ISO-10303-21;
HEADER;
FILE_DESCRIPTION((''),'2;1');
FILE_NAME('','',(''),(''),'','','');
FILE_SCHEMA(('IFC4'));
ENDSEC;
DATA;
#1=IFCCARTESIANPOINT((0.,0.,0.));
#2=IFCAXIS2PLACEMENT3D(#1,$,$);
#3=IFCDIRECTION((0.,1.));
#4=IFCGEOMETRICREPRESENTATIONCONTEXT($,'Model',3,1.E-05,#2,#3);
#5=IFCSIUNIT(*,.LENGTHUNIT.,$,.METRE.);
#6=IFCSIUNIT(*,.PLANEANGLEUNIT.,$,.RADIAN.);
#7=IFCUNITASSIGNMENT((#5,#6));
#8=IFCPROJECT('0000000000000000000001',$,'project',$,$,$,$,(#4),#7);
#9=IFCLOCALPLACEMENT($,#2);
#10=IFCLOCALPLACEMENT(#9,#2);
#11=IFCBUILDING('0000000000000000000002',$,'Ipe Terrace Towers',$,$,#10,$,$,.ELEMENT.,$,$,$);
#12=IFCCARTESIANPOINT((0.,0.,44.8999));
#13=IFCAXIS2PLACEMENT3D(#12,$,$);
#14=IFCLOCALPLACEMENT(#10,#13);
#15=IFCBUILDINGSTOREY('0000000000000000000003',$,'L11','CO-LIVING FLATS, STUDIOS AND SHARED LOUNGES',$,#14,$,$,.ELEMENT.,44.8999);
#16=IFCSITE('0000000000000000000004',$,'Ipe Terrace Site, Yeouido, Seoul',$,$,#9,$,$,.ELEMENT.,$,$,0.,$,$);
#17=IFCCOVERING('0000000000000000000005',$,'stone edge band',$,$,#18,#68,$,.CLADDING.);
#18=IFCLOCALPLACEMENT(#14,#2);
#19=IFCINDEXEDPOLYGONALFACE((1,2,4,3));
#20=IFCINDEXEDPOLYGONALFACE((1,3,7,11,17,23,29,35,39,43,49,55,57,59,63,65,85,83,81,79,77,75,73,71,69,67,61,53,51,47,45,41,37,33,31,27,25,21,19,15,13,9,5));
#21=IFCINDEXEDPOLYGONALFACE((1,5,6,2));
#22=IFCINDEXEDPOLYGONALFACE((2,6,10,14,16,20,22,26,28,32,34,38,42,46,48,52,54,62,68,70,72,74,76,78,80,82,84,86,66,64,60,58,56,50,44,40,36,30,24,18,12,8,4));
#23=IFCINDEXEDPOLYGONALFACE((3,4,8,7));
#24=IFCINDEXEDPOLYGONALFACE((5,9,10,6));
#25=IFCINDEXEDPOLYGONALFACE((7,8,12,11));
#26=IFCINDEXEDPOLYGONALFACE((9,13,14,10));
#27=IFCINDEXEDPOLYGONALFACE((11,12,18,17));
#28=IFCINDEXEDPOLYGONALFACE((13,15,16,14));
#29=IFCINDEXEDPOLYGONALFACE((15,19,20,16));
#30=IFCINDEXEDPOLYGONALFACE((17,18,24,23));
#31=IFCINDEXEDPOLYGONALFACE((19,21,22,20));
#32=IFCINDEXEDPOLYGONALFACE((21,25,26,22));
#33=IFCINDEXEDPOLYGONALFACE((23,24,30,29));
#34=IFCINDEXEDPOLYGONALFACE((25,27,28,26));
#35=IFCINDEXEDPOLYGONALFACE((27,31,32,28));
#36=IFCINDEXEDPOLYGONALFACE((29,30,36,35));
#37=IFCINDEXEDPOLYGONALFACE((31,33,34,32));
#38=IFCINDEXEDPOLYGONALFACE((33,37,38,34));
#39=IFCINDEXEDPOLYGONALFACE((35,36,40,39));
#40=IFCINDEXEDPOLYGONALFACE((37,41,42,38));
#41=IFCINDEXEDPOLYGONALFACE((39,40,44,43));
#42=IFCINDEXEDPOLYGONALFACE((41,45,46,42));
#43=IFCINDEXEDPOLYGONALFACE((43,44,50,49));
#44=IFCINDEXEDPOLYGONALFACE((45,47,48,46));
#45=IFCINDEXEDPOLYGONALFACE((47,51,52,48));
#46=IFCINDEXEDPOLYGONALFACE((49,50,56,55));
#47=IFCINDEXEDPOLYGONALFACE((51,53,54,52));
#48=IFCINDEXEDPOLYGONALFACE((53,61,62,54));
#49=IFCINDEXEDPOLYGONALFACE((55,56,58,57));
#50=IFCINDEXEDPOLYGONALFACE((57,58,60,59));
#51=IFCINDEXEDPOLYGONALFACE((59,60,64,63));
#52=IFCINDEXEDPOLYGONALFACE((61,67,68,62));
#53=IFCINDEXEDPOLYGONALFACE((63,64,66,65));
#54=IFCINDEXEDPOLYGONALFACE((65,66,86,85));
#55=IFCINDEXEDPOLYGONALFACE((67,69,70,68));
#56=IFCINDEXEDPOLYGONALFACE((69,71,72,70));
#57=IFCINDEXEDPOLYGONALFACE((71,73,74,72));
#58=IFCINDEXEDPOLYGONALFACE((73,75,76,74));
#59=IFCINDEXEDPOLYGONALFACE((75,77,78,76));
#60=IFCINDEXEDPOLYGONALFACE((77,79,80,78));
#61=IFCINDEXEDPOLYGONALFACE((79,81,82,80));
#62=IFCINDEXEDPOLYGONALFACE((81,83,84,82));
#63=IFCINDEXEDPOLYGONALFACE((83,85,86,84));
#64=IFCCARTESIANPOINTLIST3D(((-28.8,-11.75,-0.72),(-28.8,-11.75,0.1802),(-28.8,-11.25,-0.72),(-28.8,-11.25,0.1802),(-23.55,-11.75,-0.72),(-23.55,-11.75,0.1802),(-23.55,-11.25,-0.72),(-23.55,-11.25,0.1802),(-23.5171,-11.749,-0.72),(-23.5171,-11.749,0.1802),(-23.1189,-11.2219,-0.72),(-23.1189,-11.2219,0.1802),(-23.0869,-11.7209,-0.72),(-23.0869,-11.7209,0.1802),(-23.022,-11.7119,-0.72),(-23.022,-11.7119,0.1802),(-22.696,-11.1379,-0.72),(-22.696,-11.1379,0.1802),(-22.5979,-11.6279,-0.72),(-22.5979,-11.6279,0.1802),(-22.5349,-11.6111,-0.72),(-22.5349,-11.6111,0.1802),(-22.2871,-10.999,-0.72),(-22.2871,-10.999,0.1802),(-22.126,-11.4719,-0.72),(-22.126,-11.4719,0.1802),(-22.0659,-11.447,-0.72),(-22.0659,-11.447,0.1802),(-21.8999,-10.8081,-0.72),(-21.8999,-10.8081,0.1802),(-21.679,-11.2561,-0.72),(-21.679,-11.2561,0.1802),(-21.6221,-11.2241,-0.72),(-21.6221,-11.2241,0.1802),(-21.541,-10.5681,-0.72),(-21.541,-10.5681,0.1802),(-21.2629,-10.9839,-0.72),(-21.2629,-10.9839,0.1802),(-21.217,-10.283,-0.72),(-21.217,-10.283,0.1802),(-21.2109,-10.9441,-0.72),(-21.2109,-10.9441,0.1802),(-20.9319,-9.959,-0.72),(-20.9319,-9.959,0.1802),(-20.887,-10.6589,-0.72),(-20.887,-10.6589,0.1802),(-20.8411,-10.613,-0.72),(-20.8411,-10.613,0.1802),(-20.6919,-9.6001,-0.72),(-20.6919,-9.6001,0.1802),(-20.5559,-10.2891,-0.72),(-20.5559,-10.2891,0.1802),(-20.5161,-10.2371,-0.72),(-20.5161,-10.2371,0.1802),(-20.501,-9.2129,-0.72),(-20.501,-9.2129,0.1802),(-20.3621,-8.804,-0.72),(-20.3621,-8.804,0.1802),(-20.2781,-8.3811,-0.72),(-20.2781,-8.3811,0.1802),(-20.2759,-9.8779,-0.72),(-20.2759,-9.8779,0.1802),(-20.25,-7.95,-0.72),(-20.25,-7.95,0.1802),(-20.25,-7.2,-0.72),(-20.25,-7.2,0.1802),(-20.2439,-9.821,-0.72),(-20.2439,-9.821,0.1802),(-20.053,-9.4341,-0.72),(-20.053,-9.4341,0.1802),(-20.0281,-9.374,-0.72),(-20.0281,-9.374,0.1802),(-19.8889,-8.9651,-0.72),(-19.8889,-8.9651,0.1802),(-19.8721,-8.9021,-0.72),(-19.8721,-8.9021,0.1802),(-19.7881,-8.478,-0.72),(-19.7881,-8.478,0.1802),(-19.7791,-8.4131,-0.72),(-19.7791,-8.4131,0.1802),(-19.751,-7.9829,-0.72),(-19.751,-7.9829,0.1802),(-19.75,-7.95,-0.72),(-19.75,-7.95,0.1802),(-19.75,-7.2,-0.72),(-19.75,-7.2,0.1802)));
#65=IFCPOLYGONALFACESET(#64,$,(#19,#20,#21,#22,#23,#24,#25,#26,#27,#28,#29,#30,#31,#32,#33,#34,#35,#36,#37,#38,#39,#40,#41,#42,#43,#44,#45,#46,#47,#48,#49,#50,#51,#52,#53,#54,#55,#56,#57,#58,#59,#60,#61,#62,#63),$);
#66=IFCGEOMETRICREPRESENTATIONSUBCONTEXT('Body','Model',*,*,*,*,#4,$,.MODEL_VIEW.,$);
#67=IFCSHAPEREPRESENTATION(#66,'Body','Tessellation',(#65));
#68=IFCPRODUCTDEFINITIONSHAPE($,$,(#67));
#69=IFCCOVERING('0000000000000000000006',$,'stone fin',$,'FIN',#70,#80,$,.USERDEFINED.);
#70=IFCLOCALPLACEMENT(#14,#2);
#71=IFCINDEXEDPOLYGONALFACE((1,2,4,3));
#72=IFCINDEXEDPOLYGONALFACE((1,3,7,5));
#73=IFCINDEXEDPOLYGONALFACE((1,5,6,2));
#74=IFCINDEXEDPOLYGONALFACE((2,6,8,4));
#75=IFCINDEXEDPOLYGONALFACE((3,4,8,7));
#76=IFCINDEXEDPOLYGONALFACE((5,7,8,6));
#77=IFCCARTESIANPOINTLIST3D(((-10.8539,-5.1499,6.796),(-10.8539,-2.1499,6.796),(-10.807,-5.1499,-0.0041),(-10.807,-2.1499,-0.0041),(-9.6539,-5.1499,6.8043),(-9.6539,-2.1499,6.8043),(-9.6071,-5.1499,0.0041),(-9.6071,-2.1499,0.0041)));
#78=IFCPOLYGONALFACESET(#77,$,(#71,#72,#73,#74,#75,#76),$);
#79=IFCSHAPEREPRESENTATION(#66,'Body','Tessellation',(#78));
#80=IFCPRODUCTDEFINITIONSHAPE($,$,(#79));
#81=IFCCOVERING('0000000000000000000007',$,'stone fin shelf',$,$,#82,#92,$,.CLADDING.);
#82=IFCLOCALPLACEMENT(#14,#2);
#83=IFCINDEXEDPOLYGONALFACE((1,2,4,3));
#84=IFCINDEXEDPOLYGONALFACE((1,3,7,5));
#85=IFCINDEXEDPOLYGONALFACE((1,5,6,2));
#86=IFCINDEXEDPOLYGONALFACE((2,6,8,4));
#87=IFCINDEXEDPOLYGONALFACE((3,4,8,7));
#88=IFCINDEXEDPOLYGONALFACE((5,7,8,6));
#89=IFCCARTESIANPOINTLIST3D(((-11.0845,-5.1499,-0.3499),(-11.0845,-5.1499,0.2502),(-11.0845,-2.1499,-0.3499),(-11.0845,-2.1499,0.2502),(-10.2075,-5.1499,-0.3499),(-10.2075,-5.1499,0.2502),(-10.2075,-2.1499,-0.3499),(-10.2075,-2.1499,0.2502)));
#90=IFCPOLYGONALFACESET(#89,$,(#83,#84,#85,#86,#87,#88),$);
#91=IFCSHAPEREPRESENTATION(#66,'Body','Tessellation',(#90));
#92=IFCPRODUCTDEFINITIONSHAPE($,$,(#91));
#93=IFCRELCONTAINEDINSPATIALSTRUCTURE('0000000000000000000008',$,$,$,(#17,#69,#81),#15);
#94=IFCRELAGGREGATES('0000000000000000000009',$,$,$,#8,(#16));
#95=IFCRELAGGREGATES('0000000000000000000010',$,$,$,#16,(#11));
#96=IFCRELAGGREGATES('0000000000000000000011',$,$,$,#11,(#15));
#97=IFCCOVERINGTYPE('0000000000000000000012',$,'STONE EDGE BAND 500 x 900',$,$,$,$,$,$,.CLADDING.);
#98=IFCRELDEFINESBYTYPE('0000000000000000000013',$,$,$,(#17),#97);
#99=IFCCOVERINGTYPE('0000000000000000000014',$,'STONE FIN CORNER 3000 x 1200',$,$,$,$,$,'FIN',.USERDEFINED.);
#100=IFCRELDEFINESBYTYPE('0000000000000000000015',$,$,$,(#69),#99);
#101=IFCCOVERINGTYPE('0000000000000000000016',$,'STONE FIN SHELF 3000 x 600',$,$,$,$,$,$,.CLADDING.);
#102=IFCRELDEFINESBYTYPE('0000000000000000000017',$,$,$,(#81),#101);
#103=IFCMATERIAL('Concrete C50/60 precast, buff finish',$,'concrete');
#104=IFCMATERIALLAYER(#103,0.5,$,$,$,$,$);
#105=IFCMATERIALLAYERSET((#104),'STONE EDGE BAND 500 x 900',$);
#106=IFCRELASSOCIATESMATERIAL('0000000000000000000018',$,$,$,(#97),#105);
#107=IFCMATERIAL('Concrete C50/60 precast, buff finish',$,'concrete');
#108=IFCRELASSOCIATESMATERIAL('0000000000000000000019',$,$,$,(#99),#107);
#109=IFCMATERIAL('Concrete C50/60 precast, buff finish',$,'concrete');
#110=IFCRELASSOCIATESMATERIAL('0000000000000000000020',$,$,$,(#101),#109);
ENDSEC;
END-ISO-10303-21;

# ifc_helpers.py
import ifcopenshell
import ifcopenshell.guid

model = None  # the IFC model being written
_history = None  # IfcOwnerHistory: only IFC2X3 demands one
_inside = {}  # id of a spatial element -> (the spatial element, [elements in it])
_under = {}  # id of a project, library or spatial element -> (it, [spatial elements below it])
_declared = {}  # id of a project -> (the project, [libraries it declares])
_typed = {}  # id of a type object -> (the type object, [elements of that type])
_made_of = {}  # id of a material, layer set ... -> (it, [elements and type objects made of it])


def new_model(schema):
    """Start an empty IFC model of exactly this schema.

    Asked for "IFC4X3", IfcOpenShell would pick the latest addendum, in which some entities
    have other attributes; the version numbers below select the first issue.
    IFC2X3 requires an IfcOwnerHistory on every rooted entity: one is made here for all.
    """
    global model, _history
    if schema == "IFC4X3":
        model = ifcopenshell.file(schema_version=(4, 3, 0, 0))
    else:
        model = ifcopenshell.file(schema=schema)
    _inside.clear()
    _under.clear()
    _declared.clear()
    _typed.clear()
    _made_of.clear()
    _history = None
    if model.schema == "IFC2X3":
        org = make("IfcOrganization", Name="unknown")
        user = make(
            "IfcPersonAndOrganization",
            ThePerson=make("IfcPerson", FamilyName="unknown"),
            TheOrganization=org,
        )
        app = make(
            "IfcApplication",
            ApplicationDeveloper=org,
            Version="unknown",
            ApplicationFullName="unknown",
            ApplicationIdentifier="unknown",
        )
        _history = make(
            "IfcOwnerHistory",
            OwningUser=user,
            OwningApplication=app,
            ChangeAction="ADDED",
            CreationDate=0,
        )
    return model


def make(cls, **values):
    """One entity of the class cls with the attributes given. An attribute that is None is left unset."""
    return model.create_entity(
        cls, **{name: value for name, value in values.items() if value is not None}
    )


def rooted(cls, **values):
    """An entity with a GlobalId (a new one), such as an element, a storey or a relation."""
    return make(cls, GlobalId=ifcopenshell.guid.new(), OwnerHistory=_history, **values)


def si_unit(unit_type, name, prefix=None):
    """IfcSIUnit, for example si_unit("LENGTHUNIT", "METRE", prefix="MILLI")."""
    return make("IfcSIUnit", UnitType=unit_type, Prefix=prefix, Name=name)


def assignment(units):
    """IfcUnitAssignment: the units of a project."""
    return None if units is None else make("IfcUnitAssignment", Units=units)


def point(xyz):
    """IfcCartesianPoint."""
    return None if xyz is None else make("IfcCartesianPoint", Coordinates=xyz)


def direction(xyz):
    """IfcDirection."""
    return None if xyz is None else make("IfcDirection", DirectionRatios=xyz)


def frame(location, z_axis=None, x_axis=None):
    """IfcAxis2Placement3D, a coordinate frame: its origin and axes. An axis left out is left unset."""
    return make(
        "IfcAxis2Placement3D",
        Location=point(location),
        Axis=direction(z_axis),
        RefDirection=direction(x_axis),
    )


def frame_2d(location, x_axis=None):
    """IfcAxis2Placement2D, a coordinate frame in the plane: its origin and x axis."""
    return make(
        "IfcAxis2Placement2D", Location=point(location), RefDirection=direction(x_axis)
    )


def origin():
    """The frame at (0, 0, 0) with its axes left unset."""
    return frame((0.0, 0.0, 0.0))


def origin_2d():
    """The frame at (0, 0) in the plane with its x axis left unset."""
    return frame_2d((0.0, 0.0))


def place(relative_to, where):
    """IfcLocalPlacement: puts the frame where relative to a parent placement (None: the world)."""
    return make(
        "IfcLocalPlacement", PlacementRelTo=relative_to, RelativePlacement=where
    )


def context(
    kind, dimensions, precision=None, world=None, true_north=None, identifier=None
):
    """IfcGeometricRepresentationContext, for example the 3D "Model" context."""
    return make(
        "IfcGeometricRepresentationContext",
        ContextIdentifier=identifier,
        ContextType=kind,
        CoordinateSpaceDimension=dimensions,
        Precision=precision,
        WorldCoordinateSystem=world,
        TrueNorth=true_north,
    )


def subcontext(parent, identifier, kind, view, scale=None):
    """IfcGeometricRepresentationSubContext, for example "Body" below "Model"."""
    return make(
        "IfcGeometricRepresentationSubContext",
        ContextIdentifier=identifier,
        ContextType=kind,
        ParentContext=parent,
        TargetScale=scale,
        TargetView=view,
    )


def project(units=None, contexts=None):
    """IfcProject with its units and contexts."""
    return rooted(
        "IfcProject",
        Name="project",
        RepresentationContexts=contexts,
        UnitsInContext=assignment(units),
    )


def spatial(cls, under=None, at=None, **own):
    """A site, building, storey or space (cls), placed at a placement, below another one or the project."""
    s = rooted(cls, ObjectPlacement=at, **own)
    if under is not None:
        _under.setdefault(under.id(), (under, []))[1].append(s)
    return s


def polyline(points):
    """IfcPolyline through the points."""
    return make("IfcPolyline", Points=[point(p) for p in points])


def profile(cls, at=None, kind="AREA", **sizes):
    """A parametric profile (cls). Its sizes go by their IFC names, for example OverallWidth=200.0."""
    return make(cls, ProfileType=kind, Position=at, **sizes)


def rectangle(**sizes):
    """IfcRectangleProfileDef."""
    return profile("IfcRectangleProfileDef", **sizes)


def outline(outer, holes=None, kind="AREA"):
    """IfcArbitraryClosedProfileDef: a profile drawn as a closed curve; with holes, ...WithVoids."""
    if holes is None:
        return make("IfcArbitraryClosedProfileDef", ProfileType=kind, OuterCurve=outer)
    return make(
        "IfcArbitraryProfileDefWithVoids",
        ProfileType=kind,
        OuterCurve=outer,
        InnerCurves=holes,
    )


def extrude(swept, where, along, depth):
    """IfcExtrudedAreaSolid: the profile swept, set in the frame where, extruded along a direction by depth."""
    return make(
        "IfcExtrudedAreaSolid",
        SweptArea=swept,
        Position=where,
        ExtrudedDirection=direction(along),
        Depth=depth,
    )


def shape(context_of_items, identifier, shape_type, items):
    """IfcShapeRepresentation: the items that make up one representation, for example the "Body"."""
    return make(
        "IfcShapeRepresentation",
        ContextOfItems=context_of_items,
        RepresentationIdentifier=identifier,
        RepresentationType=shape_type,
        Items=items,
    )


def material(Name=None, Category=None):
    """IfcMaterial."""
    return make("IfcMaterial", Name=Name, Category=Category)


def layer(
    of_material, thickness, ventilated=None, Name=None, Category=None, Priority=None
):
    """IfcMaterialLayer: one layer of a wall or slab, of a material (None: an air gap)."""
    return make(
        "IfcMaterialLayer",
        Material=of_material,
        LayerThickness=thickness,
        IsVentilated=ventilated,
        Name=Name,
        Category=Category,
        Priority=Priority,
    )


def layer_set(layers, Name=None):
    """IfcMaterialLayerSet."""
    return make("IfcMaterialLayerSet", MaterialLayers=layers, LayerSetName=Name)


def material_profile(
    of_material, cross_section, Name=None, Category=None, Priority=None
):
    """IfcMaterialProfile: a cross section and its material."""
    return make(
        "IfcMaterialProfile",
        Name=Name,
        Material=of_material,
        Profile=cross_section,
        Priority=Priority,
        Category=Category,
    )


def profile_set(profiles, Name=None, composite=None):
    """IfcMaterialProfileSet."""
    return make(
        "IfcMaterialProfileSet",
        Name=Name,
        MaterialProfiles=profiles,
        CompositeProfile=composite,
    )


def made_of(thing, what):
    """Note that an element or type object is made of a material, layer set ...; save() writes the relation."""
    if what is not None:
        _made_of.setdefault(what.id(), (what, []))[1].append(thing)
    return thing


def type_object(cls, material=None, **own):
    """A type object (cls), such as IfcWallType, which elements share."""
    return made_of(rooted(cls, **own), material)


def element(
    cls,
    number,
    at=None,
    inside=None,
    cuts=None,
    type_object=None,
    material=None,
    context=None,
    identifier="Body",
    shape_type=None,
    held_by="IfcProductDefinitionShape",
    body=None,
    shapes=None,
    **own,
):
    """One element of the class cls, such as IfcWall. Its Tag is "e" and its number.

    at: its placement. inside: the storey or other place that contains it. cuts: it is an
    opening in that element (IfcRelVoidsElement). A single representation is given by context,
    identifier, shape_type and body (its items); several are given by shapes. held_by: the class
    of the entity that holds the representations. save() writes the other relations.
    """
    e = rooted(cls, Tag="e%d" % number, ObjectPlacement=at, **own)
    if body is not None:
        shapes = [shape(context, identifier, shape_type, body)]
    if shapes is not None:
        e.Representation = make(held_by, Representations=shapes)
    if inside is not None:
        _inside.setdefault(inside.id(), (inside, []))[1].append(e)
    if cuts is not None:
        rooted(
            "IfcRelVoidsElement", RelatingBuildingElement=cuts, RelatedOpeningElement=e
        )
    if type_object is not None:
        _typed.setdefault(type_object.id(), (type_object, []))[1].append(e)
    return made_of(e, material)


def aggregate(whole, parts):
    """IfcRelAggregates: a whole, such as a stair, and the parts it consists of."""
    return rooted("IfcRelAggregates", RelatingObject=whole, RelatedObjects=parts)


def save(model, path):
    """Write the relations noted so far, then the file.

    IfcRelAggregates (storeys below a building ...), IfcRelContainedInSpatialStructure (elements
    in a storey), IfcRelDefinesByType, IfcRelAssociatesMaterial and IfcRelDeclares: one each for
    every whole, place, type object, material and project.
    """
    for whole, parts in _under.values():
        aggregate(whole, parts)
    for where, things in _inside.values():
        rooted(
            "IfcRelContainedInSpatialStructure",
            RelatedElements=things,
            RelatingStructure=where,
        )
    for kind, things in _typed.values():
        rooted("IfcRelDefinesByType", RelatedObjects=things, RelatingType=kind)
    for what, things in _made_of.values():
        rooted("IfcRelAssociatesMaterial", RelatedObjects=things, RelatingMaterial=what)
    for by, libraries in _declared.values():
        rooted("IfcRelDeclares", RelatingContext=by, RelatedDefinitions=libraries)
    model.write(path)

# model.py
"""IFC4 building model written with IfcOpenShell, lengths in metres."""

from ifc_helpers import new_model, si_unit, direction, frame, origin, origin_2d, place, context, subcontext, project, spatial, polyline, rectangle, outline, extrude, material, layer, layer_set, material_profile, profile_set, type_object, element, save


model = new_model("IFC4")

# Units and contexts
model_context = context("Model", 3, precision=1e-05, world=origin(), true_north=direction((0.0, 1.0)))
body_context = subcontext(model_context, "Body", "Model", "MODEL_VIEW")
ifc_project = project(units=[si_unit("LENGTHUNIT", "METRE"), si_unit("PLANEANGLEUNIT", "RADIAN")], contexts=[model_context])

# Site, building, storey
site_placement = place(None, origin())
site = spatial("IfcSite", under=ifc_project, at=site_placement, Name="Ipe Terrace Site, Yeouido, Seoul", CompositionType="ELEMENT", RefElevation=0.0)
building_placement = place(site_placement, origin())
building = spatial("IfcBuilding", under=site, at=building_placement, Name="Ipe Terrace Towers", CompositionType="ELEMENT")
storey_placement = place(building_placement, frame((0.0, 0.0, 44.8999)))
storey = spatial("IfcBuildingStorey", under=building, at=storey_placement, Name="L11", Description="CO-LIVING FLATS, STUDIOS AND SHARED LOUNGES", CompositionType="ELEMENT", Elevation=44.8999)

# Coverings
ifc_material_1 = material(Name="Concrete C50/60 precast, buff finish", Category="concrete")
ifc_layer_1 = layer(ifc_material_1, 0.5)
ifc_layer_set_1 = layer_set([ifc_layer_1], Name="STONE EDGE BAND 500 x 900")
covering_type_1 = type_object("IfcCoveringType", Name="STONE EDGE BAND 500 x 900", PredefinedType="CLADDING", material=ifc_layer_set_1)
covering_1_placement = place(storey_placement, frame((0.0, 0.0, -0.72)))
element("IfcCovering", 1, at=covering_1_placement, inside=storey, type_object=covering_type_1, Name="stone edge band", PredefinedType="CLADDING", context=body_context, shape_type="SweptSolid", body=[
    extrude(outline(polyline([(-23.55, -11.75), (-23.5171, -11.749), (-23.0869, -11.7209), (-23.022, -11.7119), (-22.5979, -11.6279), (-22.5349, -11.6111), (-22.126, -11.4719), (-22.0659, -11.447), (-21.679, -11.2561), (-21.6221, -11.2241), (-21.2629, -10.9839), (-21.2109, -10.9441), (-20.887, -10.6589), (-20.8411, -10.613), (-20.5559, -10.2891), (-20.5161, -10.2371), (-20.2759, -9.8779), (-20.2439, -9.821), (-20.053, -9.4341), (-20.0281, -9.374), (-19.8889, -8.9651), (-19.8721, -8.9021), (-19.7881, -8.478), (-19.7791, -8.4131), (-19.751, -7.9829), (-19.75, -7.95), (-19.75, -7.2), (-20.25, -7.2), (-20.25, -7.95), (-20.2781, -8.3811), (-20.3621, -8.804), (-20.501, -9.2129), (-20.6919, -9.6001), (-20.9319, -9.959), (-21.217, -10.283), (-21.541, -10.5681), (-21.8999, -10.8081), (-22.2871, -10.999), (-22.696, -11.1379), (-23.1189, -11.2219), (-23.55, -11.25), (-28.8, -11.25), (-28.8, -11.75), (-23.55, -11.75)])), origin(), (0.0, 0.0, 1.0), 0.9001),
])
ifc_material_2 = material(Name="Concrete C50/60 precast, buff finish", Category="concrete")
ifc_material_profile_1 = material_profile(ifc_material_2, rectangle(XDim=3.0, YDim=1.2, at=origin_2d()), Name="STONE FIN CORNER 3000 x 1200")
ifc_profile_set_1 = profile_set([ifc_material_profile_1], Name="Concrete C50/60 precast, buff finish")
covering_type_2 = type_object("IfcCoveringType", Name="STONE FIN CORNER 3000 x 1200", ElementType="FIN", PredefinedType="USERDEFINED", material=ifc_profile_set_1)
covering_2_placement = place(storey_placement, frame((-10.207, -3.6499, 0.0), z_axis=(-0.006893, 0.0, 0.999976), x_axis=(0.0, 1.0, 0.0)))
element("IfcCovering", 2, at=covering_2_placement, inside=storey, type_object=covering_type_2, Name="stone fin", ObjectType="FIN", PredefinedType="USERDEFINED", context=body_context, shape_type="SweptSolid", body=[
    extrude(rectangle(XDim=3.0, YDim=1.2, at=origin_2d()), origin(), (0.0, 0.0, 1.0), 6.8003),
])
ifc_material_3 = material(Name="Concrete C50/60 precast, buff finish", Category="concrete")
covering_type_3 = type_object("IfcCoveringType", Name="STONE FIN SHELF 3000 x 600", PredefinedType="CLADDING", material=ifc_material_3)
covering_3_placement = place(storey_placement, frame((-10.646, -3.6499, -0.3499), z_axis=(0.0, 0.0, 1.0), x_axis=(0.0, 1.0, 0.0)))
element("IfcCovering", 3, at=covering_3_placement, inside=storey, type_object=covering_type_3, Name="stone fin shelf", PredefinedType="CLADDING", context=body_context, shape_type="SweptSolid", body=[
    extrude(rectangle(XDim=3.0, YDim=0.877, at=origin_2d()), origin(), (0.0, 0.0, 1.0), 0.6001),
])

save(model, "model.ifc")
